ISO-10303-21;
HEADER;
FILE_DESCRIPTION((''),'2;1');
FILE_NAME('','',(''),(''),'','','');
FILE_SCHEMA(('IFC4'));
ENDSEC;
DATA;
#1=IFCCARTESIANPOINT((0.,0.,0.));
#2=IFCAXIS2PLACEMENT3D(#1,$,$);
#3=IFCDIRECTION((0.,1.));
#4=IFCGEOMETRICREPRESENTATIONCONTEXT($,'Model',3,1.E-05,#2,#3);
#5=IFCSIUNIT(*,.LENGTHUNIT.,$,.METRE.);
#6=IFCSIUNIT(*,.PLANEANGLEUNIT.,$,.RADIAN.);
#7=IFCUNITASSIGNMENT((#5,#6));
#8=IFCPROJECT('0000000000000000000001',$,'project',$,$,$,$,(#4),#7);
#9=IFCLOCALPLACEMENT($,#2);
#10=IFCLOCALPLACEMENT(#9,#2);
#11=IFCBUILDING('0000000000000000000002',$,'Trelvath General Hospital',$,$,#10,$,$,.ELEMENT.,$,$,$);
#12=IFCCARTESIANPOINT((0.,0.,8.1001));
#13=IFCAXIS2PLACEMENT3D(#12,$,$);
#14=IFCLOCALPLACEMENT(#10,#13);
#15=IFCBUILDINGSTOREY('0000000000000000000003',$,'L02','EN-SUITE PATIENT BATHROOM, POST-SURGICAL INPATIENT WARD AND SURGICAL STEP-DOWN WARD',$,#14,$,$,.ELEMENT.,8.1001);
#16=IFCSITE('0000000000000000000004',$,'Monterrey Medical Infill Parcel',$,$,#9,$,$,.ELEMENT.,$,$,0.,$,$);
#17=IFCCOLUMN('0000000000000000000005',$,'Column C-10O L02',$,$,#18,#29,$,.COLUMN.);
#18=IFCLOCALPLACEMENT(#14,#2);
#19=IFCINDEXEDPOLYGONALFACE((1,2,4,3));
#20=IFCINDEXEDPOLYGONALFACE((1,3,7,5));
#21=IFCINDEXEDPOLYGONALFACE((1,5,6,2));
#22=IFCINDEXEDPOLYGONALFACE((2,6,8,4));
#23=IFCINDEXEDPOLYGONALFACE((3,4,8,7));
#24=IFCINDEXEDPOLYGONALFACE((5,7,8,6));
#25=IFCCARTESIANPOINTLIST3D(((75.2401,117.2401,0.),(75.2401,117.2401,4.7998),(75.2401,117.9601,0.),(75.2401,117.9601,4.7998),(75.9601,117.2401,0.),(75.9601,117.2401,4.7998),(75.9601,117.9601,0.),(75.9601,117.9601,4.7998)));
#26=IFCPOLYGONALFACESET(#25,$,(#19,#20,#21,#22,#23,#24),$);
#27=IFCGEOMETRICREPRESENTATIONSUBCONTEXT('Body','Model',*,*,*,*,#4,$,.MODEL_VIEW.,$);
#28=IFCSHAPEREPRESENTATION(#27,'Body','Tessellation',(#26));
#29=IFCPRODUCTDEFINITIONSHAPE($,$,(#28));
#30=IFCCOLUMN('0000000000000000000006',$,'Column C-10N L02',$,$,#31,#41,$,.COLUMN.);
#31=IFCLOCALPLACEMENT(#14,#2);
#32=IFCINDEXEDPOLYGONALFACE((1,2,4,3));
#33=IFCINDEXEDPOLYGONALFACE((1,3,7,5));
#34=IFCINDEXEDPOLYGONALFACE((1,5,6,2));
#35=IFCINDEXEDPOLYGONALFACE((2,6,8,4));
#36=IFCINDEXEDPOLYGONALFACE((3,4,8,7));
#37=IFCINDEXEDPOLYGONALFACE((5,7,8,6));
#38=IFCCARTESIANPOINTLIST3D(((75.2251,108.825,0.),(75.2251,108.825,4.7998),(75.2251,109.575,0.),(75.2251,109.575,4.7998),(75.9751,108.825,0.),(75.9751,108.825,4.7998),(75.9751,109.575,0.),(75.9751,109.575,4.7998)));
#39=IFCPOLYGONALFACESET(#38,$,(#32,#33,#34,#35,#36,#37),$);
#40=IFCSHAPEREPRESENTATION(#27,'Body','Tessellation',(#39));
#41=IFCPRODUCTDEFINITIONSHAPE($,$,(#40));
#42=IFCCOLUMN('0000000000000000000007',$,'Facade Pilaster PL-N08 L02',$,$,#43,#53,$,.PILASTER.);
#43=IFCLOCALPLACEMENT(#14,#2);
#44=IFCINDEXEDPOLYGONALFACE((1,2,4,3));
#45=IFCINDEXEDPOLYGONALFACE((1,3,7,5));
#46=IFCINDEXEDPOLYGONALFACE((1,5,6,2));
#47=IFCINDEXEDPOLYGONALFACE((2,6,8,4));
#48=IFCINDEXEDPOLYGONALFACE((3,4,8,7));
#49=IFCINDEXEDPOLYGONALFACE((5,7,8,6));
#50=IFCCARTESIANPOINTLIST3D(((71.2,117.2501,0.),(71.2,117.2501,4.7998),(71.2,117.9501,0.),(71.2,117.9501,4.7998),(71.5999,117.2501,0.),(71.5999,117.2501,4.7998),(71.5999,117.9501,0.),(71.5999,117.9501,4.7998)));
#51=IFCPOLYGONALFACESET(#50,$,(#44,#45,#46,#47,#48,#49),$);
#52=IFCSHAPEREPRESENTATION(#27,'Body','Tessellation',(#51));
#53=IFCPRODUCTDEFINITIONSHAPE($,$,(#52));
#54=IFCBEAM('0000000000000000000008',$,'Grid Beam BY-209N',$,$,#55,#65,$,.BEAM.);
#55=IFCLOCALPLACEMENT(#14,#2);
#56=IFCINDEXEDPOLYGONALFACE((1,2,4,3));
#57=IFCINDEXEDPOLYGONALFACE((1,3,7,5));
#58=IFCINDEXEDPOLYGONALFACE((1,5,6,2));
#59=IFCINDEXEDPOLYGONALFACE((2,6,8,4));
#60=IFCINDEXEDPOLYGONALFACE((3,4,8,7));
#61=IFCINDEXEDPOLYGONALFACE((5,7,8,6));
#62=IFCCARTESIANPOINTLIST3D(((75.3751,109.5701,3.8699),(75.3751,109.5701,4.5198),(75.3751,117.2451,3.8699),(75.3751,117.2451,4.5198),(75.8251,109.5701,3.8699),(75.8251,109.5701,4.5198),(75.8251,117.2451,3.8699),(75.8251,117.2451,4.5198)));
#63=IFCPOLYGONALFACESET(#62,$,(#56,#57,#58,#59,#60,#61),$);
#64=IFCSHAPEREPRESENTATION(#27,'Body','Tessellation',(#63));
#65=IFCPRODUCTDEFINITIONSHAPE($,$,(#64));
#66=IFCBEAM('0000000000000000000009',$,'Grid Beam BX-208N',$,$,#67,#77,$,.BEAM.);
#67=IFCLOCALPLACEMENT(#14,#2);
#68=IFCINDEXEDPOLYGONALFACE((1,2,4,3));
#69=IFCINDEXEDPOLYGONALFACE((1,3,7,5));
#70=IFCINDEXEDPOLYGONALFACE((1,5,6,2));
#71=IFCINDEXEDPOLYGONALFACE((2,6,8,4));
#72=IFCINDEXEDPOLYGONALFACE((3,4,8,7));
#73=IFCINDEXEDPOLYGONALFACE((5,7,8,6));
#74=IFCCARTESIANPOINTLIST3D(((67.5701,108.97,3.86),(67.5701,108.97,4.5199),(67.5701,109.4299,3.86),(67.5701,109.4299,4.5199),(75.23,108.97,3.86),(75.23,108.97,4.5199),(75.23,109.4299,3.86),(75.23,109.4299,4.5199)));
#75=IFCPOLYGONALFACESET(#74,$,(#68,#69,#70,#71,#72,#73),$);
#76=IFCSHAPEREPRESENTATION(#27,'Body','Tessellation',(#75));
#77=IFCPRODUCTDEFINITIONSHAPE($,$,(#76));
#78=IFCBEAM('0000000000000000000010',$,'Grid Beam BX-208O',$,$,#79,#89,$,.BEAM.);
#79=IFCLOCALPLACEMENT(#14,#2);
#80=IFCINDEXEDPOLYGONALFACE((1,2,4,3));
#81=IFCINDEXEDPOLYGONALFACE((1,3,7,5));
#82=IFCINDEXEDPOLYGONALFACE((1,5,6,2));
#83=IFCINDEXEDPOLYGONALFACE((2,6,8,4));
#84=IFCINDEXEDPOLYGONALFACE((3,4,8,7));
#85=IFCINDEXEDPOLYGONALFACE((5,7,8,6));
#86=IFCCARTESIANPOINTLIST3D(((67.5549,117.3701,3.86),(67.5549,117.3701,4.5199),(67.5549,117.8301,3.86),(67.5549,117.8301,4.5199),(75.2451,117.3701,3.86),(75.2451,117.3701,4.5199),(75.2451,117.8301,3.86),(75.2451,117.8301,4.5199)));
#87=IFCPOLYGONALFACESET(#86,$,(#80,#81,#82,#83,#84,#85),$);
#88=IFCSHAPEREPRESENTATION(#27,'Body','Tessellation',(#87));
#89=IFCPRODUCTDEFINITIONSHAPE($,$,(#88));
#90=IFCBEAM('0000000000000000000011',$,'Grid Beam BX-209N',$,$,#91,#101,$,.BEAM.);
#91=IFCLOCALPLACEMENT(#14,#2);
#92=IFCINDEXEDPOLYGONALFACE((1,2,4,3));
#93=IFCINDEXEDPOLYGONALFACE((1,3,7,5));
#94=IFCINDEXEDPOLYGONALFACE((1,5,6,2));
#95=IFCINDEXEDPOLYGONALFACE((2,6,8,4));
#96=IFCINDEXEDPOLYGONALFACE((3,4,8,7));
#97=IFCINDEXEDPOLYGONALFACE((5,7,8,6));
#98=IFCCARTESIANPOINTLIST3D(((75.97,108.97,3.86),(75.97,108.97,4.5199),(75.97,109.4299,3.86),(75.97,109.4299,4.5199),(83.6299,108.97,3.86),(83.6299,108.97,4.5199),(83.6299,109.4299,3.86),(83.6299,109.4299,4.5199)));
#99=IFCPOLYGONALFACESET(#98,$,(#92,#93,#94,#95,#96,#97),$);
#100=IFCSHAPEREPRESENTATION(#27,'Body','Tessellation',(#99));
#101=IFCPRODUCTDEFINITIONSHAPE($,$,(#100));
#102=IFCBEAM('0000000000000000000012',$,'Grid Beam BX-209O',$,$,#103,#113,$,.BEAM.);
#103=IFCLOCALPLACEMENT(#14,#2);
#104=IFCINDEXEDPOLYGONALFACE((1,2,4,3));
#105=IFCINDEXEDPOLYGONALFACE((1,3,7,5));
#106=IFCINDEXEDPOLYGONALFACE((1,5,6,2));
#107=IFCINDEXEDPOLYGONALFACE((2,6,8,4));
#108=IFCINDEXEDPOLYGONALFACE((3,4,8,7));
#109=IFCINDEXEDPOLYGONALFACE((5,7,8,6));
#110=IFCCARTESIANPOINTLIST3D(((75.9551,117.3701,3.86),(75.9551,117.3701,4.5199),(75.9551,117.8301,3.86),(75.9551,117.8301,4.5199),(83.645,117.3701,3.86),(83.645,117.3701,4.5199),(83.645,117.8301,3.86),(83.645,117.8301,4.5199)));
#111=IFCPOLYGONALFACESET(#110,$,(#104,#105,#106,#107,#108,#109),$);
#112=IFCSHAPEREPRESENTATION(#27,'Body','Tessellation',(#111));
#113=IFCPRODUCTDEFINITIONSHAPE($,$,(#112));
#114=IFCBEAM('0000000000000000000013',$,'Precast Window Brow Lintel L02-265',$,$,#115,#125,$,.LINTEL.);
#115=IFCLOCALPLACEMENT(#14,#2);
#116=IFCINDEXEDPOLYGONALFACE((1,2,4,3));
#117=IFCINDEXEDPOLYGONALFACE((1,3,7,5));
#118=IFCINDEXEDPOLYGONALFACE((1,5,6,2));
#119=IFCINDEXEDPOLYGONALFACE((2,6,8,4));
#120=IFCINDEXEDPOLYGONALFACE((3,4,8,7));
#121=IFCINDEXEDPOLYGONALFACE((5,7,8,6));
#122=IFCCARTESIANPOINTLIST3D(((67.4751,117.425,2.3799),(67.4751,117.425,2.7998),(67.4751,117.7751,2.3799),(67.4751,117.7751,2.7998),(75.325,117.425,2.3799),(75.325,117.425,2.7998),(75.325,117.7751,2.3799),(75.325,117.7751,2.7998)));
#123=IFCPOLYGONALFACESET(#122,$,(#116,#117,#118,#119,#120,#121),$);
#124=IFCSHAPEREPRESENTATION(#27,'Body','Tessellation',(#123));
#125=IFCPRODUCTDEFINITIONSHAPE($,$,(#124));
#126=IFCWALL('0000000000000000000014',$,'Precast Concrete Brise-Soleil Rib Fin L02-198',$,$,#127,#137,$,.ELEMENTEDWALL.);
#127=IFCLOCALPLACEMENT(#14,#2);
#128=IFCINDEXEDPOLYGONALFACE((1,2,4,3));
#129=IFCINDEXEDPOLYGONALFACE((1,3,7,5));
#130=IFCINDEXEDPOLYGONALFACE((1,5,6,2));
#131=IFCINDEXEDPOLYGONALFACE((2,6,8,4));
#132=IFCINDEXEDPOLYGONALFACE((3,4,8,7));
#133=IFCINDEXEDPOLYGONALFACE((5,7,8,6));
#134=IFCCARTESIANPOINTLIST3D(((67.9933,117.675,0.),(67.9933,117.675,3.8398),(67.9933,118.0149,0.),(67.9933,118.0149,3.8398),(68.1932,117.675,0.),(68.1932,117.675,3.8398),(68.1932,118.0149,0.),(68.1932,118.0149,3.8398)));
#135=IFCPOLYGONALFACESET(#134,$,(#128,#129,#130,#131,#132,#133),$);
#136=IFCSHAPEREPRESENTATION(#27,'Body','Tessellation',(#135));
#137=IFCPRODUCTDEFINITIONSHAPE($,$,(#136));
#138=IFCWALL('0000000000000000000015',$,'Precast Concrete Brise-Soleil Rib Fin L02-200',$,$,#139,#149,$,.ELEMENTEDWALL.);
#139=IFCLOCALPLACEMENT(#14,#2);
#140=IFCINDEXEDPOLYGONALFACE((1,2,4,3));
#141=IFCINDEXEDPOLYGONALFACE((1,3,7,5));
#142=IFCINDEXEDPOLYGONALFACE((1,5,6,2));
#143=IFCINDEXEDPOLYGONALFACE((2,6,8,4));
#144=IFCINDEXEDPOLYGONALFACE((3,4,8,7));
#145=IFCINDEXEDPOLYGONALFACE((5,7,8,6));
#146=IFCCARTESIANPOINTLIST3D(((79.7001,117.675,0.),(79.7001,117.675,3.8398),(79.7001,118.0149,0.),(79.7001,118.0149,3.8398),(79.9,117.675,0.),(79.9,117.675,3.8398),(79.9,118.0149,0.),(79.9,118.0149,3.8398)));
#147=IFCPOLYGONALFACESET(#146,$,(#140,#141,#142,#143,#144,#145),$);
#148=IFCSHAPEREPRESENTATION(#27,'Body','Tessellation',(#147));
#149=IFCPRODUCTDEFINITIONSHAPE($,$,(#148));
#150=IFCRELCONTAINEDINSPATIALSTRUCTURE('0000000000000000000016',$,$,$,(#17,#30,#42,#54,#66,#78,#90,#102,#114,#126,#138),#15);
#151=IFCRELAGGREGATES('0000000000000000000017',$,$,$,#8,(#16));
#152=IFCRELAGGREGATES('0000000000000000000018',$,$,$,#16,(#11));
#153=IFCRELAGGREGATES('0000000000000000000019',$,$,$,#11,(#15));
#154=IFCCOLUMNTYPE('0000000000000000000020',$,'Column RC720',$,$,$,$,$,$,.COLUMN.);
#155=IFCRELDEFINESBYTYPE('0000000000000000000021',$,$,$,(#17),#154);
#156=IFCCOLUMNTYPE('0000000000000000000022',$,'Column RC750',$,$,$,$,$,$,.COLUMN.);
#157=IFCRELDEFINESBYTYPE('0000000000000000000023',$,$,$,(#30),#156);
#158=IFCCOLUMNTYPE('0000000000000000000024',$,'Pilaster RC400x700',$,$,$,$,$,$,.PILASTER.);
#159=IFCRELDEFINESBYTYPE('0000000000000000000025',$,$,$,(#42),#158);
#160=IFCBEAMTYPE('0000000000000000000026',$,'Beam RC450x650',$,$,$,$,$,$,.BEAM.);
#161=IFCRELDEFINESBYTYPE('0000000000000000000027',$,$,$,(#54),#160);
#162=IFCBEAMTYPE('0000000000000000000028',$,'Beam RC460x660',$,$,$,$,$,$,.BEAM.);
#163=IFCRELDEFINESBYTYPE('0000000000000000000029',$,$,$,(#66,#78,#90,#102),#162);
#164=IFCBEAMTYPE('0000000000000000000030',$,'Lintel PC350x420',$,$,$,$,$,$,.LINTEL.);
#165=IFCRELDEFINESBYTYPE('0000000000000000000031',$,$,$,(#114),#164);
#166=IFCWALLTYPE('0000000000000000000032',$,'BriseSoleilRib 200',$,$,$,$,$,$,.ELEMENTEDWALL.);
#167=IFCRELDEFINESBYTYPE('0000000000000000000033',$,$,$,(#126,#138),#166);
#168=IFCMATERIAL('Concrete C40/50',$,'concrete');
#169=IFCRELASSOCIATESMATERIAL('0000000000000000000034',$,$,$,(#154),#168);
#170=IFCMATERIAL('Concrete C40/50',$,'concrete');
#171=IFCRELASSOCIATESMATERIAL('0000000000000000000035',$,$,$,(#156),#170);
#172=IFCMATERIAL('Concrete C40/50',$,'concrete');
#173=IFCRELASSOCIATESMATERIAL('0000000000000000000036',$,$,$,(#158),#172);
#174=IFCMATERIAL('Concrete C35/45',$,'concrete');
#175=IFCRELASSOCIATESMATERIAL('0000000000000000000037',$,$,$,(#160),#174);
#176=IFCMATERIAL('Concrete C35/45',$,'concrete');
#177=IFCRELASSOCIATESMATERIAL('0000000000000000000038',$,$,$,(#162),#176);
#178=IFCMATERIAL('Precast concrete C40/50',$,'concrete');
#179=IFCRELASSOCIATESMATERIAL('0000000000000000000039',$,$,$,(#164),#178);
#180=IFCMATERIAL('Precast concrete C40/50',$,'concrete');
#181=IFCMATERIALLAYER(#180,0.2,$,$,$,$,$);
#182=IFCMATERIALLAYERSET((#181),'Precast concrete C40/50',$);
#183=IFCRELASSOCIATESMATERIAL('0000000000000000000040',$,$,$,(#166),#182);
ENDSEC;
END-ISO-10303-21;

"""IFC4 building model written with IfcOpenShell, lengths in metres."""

from ifc_helpers import new_model, si_unit, direction, frame, frame_2d, origin, origin_2d, place, context, subcontext, project, spatial, rectangle, extrude, material, layer, layer_set, material_profile, profile_set, type_object, element, save


model = new_model("IFC4")

# Units and contexts
model_context = context("Model", 3, precision=1e-05, world=origin(), true_north=direction((0.0, 1.0)))
body_context = subcontext(model_context, "Body", "Model", "MODEL_VIEW")
ifc_project = project(units=[si_unit("LENGTHUNIT", "METRE"), si_unit("PLANEANGLEUNIT", "RADIAN")], contexts=[model_context])

# Site, building, storey
site_placement = place(None, origin())
site = spatial("IfcSite", under=ifc_project, at=site_placement, Name="Monterrey Medical Infill Parcel", CompositionType="ELEMENT", RefElevation=0.0)
building_placement = place(site_placement, origin())
building = spatial("IfcBuilding", under=site, at=building_placement, Name="Trelvath General Hospital", CompositionType="ELEMENT")
storey_placement = place(building_placement, frame((0.0, 0.0, 8.1001)))
storey = spatial("IfcBuildingStorey", under=building, at=storey_placement, Name="L02", Description="EN-SUITE PATIENT BATHROOM, POST-SURGICAL INPATIENT WARD AND SURGICAL STEP-DOWN WARD", CompositionType="ELEMENT", Elevation=8.1001)

# Columns
ifc_material_1 = material(Name="Concrete C40/50", Category="concrete")
ifc_material_profile_1 = material_profile(ifc_material_1, rectangle(XDim=0.72, YDim=0.72, at=origin_2d()), Name="RC720x720")
ifc_profile_set_1 = profile_set([ifc_material_profile_1], Name="Concrete C40/50")
column_type_1 = type_object("IfcColumnType", Name="Column RC720", PredefinedType="COLUMN", material=ifc_profile_set_1)
column_1_placement = place(storey_placement, frame((75.6001, 117.6001, 0.0), z_axis=(0.0, 0.0, 1.0), x_axis=(1.0, 0.0, 0.0)))
element("IfcColumn", 1, at=column_1_placement, inside=storey, type_object=column_type_1, Name="Column C-10O L02", PredefinedType="COLUMN", context=body_context, shape_type="SweptSolid", body=[
    extrude(rectangle(XDim=0.72, YDim=0.72, at=origin_2d()), origin(), (0.0, 0.0, 1.0), 4.7998),
])
ifc_material_2 = material(Name="Concrete C40/50", Category="concrete")
ifc_material_profile_2 = material_profile(ifc_material_2, rectangle(XDim=0.75, YDim=0.75, at=origin_2d()), Name="RC750x750")
ifc_profile_set_2 = profile_set([ifc_material_profile_2], Name="Concrete C40/50")
column_type_2 = type_object("IfcColumnType", Name="Column RC750", PredefinedType="COLUMN", material=ifc_profile_set_2)
column_2_placement = place(storey_placement, frame((75.6001, 109.2, 0.0), z_axis=(0.0, 0.0, 1.0), x_axis=(1.0, 0.0, 0.0)))
element("IfcColumn", 2, at=column_2_placement, inside=storey, type_object=column_type_2, Name="Column C-10N L02", PredefinedType="COLUMN", context=body_context, shape_type="SweptSolid", body=[
    extrude(rectangle(XDim=0.75, YDim=0.75, at=origin_2d()), origin(), (0.0, 0.0, 1.0), 4.7998),
])
ifc_material_3 = material(Name="Concrete C40/50", Category="concrete")
ifc_material_profile_3 = material_profile(ifc_material_3, rectangle(XDim=0.3999, YDim=0.7, at=origin_2d()), Name="RC400x700")
ifc_profile_set_3 = profile_set([ifc_material_profile_3], Name="Concrete C40/50")
column_type_3 = type_object("IfcColumnType", Name="Pilaster RC400x700", PredefinedType="PILASTER", material=ifc_profile_set_3)
column_3_placement = place(storey_placement, frame((71.3999, 117.6001, 0.0), z_axis=(0.0, 0.0, 1.0), x_axis=(1.0, 0.0, 0.0)))
element("IfcColumn", 3, at=column_3_placement, inside=storey, type_object=column_type_3, Name="Facade Pilaster PL-N08 L02", PredefinedType="PILASTER", context=body_context, shape_type="SweptSolid", body=[
    extrude(rectangle(XDim=0.3999, YDim=0.7, at=origin_2d()), origin(), (0.0, 0.0, 1.0), 4.7998),
])

# Beams
ifc_material_4 = material(Name="Concrete C35/45", Category="concrete")
ifc_material_profile_4 = material_profile(ifc_material_4, rectangle(XDim=0.45, YDim=0.6499, at=origin_2d()), Name="RCB450x650")
ifc_profile_set_4 = profile_set([ifc_material_profile_4], Name="Concrete C35/45")
beam_type_1 = type_object("IfcBeamType", Name="Beam RC450x650", PredefinedType="BEAM", material=ifc_profile_set_4)
beam_1_placement = place(storey_placement, frame((75.6001, 109.5701, 4.1948), z_axis=(0.0, 1.0, 0.0), x_axis=(-1.0, 0.0, 0.0)))
element("IfcBeam", 4, at=beam_1_placement, inside=storey, type_object=beam_type_1, Name="Grid Beam BY-209N", PredefinedType="BEAM", context=body_context, shape_type="SweptSolid", body=[
    extrude(rectangle(XDim=0.45, YDim=0.6499, at=origin_2d()), origin(), (0.0, 0.0, 1.0), 7.675),
])
ifc_material_5 = material(Name="Concrete C35/45", Category="concrete")
ifc_material_profile_5 = material_profile(ifc_material_5, rectangle(XDim=0.46, YDim=0.6599, at=origin_2d()), Name="RCB460x660")
ifc_profile_set_5 = profile_set([ifc_material_profile_5], Name="Concrete C35/45")
beam_type_2 = type_object("IfcBeamType", Name="Beam RC460x660", PredefinedType="BEAM", material=ifc_profile_set_5)
beam_2_placement = place(storey_placement, frame((67.5701, 109.2, 4.1899), z_axis=(1.0, 0.0, 0.0), x_axis=(0.0, 1.0, 0.0)))
element("IfcBeam", 5, at=beam_2_placement, inside=storey, type_object=beam_type_2, Name="Grid Beam BX-208N", PredefinedType="BEAM", context=body_context, shape_type="SweptSolid", body=[
    extrude(rectangle(XDim=0.46, YDim=0.6599, at=origin_2d()), origin(), (0.0, 0.0, 1.0), 7.6599),
])
beam_3_placement = place(storey_placement, frame((67.5549, 117.6001, 4.1899), z_axis=(1.0, 0.0, 0.0), x_axis=(0.0, 1.0, 0.0)))
element("IfcBeam", 6, at=beam_3_placement, inside=storey, type_object=beam_type_2, Name="Grid Beam BX-208O", PredefinedType="BEAM", context=body_context, shape_type="SweptSolid", body=[
    extrude(rectangle(XDim=0.46, YDim=0.6599, at=origin_2d()), origin(), (0.0, 0.0, 1.0), 7.6902),
])
beam_4_placement = place(storey_placement, frame((75.97, 109.2, 4.1899), z_axis=(1.0, 0.0, 0.0), x_axis=(0.0, 1.0, 0.0)))
element("IfcBeam", 7, at=beam_4_placement, inside=storey, type_object=beam_type_2, Name="Grid Beam BX-209N", PredefinedType="BEAM", context=body_context, shape_type="SweptSolid", body=[
    extrude(rectangle(XDim=0.46, YDim=0.6599, at=origin_2d()), origin(), (0.0, 0.0, 1.0), 7.6599),
])
beam_5_placement = place(storey_placement, frame((75.9551, 117.6001, 4.1899), z_axis=(1.0, 0.0, 0.0), x_axis=(0.0, 1.0, 0.0)))
element("IfcBeam", 8, at=beam_5_placement, inside=storey, type_object=beam_type_2, Name="Grid Beam BX-209O", PredefinedType="BEAM", context=body_context, shape_type="SweptSolid", body=[
    extrude(rectangle(XDim=0.46, YDim=0.6599, at=origin_2d()), origin(), (0.0, 0.0, 1.0), 7.6899),
])
ifc_material_6 = material(Name="Precast concrete C40/50", Category="concrete")
ifc_material_profile_6 = material_profile(ifc_material_6, rectangle(XDim=0.3501, YDim=0.4199, at=origin_2d()), Name="PCL350x420")
ifc_profile_set_6 = profile_set([ifc_material_profile_6], Name="Precast concrete C40/50")
beam_type_3 = type_object("IfcBeamType", Name="Lintel PC350x420", PredefinedType="LINTEL", material=ifc_profile_set_6)
beam_6_placement = place(storey_placement, frame((67.4751, 117.6001, 2.5898), z_axis=(1.0, 0.0, 0.0), x_axis=(0.0, 1.0, 0.0)))
element("IfcBeam", 9, at=beam_6_placement, inside=storey, type_object=beam_type_3, Name="Precast Window Brow Lintel L02-265", PredefinedType="LINTEL", context=body_context, shape_type="SweptSolid", body=[
    extrude(rectangle(XDim=0.3501, YDim=0.4199, at=origin_2d()), origin(), (0.0, 0.0, 1.0), 7.8499),
])

# Walls
ifc_material_7 = material(Name="Precast concrete C40/50", Category="concrete")
ifc_layer_1 = layer(ifc_material_7, 0.2)
ifc_layer_set_1 = layer_set([ifc_layer_1], Name="Precast concrete C40/50")
wall_type_1 = type_object("IfcWallType", Name="BriseSoleilRib 200", PredefinedType="ELEMENTEDWALL", material=ifc_layer_set_1)
for number, where, z_axis, x_axis, name in (
    (10, (68.0933, 117.675, 0.0), (0.0, 0.0, 1.0), (0.0, 1.0, 0.0), "Precast Concrete Brise-Soleil Rib Fin L02-198"),
    (11, (79.8, 117.675, 0.0), (0.0, 0.0, 1.0), (0.0, 1.0, 0.0), "Precast Concrete Brise-Soleil Rib Fin L02-200"),
):
    element("IfcWall", number, at=place(storey_placement, frame(where, z_axis=z_axis, x_axis=x_axis)), inside=storey, type_object=wall_type_1, Name=name, PredefinedType="ELEMENTEDWALL", context=body_context, shape_type="SweptSolid", body=[
        extrude(rectangle(XDim=0.3398, YDim=0.2, at=frame_2d((0.1699, 0.0))), origin(), (0.0, 0.0, 1.0), 3.8398),
    ])

save(model, "model.ifc")
